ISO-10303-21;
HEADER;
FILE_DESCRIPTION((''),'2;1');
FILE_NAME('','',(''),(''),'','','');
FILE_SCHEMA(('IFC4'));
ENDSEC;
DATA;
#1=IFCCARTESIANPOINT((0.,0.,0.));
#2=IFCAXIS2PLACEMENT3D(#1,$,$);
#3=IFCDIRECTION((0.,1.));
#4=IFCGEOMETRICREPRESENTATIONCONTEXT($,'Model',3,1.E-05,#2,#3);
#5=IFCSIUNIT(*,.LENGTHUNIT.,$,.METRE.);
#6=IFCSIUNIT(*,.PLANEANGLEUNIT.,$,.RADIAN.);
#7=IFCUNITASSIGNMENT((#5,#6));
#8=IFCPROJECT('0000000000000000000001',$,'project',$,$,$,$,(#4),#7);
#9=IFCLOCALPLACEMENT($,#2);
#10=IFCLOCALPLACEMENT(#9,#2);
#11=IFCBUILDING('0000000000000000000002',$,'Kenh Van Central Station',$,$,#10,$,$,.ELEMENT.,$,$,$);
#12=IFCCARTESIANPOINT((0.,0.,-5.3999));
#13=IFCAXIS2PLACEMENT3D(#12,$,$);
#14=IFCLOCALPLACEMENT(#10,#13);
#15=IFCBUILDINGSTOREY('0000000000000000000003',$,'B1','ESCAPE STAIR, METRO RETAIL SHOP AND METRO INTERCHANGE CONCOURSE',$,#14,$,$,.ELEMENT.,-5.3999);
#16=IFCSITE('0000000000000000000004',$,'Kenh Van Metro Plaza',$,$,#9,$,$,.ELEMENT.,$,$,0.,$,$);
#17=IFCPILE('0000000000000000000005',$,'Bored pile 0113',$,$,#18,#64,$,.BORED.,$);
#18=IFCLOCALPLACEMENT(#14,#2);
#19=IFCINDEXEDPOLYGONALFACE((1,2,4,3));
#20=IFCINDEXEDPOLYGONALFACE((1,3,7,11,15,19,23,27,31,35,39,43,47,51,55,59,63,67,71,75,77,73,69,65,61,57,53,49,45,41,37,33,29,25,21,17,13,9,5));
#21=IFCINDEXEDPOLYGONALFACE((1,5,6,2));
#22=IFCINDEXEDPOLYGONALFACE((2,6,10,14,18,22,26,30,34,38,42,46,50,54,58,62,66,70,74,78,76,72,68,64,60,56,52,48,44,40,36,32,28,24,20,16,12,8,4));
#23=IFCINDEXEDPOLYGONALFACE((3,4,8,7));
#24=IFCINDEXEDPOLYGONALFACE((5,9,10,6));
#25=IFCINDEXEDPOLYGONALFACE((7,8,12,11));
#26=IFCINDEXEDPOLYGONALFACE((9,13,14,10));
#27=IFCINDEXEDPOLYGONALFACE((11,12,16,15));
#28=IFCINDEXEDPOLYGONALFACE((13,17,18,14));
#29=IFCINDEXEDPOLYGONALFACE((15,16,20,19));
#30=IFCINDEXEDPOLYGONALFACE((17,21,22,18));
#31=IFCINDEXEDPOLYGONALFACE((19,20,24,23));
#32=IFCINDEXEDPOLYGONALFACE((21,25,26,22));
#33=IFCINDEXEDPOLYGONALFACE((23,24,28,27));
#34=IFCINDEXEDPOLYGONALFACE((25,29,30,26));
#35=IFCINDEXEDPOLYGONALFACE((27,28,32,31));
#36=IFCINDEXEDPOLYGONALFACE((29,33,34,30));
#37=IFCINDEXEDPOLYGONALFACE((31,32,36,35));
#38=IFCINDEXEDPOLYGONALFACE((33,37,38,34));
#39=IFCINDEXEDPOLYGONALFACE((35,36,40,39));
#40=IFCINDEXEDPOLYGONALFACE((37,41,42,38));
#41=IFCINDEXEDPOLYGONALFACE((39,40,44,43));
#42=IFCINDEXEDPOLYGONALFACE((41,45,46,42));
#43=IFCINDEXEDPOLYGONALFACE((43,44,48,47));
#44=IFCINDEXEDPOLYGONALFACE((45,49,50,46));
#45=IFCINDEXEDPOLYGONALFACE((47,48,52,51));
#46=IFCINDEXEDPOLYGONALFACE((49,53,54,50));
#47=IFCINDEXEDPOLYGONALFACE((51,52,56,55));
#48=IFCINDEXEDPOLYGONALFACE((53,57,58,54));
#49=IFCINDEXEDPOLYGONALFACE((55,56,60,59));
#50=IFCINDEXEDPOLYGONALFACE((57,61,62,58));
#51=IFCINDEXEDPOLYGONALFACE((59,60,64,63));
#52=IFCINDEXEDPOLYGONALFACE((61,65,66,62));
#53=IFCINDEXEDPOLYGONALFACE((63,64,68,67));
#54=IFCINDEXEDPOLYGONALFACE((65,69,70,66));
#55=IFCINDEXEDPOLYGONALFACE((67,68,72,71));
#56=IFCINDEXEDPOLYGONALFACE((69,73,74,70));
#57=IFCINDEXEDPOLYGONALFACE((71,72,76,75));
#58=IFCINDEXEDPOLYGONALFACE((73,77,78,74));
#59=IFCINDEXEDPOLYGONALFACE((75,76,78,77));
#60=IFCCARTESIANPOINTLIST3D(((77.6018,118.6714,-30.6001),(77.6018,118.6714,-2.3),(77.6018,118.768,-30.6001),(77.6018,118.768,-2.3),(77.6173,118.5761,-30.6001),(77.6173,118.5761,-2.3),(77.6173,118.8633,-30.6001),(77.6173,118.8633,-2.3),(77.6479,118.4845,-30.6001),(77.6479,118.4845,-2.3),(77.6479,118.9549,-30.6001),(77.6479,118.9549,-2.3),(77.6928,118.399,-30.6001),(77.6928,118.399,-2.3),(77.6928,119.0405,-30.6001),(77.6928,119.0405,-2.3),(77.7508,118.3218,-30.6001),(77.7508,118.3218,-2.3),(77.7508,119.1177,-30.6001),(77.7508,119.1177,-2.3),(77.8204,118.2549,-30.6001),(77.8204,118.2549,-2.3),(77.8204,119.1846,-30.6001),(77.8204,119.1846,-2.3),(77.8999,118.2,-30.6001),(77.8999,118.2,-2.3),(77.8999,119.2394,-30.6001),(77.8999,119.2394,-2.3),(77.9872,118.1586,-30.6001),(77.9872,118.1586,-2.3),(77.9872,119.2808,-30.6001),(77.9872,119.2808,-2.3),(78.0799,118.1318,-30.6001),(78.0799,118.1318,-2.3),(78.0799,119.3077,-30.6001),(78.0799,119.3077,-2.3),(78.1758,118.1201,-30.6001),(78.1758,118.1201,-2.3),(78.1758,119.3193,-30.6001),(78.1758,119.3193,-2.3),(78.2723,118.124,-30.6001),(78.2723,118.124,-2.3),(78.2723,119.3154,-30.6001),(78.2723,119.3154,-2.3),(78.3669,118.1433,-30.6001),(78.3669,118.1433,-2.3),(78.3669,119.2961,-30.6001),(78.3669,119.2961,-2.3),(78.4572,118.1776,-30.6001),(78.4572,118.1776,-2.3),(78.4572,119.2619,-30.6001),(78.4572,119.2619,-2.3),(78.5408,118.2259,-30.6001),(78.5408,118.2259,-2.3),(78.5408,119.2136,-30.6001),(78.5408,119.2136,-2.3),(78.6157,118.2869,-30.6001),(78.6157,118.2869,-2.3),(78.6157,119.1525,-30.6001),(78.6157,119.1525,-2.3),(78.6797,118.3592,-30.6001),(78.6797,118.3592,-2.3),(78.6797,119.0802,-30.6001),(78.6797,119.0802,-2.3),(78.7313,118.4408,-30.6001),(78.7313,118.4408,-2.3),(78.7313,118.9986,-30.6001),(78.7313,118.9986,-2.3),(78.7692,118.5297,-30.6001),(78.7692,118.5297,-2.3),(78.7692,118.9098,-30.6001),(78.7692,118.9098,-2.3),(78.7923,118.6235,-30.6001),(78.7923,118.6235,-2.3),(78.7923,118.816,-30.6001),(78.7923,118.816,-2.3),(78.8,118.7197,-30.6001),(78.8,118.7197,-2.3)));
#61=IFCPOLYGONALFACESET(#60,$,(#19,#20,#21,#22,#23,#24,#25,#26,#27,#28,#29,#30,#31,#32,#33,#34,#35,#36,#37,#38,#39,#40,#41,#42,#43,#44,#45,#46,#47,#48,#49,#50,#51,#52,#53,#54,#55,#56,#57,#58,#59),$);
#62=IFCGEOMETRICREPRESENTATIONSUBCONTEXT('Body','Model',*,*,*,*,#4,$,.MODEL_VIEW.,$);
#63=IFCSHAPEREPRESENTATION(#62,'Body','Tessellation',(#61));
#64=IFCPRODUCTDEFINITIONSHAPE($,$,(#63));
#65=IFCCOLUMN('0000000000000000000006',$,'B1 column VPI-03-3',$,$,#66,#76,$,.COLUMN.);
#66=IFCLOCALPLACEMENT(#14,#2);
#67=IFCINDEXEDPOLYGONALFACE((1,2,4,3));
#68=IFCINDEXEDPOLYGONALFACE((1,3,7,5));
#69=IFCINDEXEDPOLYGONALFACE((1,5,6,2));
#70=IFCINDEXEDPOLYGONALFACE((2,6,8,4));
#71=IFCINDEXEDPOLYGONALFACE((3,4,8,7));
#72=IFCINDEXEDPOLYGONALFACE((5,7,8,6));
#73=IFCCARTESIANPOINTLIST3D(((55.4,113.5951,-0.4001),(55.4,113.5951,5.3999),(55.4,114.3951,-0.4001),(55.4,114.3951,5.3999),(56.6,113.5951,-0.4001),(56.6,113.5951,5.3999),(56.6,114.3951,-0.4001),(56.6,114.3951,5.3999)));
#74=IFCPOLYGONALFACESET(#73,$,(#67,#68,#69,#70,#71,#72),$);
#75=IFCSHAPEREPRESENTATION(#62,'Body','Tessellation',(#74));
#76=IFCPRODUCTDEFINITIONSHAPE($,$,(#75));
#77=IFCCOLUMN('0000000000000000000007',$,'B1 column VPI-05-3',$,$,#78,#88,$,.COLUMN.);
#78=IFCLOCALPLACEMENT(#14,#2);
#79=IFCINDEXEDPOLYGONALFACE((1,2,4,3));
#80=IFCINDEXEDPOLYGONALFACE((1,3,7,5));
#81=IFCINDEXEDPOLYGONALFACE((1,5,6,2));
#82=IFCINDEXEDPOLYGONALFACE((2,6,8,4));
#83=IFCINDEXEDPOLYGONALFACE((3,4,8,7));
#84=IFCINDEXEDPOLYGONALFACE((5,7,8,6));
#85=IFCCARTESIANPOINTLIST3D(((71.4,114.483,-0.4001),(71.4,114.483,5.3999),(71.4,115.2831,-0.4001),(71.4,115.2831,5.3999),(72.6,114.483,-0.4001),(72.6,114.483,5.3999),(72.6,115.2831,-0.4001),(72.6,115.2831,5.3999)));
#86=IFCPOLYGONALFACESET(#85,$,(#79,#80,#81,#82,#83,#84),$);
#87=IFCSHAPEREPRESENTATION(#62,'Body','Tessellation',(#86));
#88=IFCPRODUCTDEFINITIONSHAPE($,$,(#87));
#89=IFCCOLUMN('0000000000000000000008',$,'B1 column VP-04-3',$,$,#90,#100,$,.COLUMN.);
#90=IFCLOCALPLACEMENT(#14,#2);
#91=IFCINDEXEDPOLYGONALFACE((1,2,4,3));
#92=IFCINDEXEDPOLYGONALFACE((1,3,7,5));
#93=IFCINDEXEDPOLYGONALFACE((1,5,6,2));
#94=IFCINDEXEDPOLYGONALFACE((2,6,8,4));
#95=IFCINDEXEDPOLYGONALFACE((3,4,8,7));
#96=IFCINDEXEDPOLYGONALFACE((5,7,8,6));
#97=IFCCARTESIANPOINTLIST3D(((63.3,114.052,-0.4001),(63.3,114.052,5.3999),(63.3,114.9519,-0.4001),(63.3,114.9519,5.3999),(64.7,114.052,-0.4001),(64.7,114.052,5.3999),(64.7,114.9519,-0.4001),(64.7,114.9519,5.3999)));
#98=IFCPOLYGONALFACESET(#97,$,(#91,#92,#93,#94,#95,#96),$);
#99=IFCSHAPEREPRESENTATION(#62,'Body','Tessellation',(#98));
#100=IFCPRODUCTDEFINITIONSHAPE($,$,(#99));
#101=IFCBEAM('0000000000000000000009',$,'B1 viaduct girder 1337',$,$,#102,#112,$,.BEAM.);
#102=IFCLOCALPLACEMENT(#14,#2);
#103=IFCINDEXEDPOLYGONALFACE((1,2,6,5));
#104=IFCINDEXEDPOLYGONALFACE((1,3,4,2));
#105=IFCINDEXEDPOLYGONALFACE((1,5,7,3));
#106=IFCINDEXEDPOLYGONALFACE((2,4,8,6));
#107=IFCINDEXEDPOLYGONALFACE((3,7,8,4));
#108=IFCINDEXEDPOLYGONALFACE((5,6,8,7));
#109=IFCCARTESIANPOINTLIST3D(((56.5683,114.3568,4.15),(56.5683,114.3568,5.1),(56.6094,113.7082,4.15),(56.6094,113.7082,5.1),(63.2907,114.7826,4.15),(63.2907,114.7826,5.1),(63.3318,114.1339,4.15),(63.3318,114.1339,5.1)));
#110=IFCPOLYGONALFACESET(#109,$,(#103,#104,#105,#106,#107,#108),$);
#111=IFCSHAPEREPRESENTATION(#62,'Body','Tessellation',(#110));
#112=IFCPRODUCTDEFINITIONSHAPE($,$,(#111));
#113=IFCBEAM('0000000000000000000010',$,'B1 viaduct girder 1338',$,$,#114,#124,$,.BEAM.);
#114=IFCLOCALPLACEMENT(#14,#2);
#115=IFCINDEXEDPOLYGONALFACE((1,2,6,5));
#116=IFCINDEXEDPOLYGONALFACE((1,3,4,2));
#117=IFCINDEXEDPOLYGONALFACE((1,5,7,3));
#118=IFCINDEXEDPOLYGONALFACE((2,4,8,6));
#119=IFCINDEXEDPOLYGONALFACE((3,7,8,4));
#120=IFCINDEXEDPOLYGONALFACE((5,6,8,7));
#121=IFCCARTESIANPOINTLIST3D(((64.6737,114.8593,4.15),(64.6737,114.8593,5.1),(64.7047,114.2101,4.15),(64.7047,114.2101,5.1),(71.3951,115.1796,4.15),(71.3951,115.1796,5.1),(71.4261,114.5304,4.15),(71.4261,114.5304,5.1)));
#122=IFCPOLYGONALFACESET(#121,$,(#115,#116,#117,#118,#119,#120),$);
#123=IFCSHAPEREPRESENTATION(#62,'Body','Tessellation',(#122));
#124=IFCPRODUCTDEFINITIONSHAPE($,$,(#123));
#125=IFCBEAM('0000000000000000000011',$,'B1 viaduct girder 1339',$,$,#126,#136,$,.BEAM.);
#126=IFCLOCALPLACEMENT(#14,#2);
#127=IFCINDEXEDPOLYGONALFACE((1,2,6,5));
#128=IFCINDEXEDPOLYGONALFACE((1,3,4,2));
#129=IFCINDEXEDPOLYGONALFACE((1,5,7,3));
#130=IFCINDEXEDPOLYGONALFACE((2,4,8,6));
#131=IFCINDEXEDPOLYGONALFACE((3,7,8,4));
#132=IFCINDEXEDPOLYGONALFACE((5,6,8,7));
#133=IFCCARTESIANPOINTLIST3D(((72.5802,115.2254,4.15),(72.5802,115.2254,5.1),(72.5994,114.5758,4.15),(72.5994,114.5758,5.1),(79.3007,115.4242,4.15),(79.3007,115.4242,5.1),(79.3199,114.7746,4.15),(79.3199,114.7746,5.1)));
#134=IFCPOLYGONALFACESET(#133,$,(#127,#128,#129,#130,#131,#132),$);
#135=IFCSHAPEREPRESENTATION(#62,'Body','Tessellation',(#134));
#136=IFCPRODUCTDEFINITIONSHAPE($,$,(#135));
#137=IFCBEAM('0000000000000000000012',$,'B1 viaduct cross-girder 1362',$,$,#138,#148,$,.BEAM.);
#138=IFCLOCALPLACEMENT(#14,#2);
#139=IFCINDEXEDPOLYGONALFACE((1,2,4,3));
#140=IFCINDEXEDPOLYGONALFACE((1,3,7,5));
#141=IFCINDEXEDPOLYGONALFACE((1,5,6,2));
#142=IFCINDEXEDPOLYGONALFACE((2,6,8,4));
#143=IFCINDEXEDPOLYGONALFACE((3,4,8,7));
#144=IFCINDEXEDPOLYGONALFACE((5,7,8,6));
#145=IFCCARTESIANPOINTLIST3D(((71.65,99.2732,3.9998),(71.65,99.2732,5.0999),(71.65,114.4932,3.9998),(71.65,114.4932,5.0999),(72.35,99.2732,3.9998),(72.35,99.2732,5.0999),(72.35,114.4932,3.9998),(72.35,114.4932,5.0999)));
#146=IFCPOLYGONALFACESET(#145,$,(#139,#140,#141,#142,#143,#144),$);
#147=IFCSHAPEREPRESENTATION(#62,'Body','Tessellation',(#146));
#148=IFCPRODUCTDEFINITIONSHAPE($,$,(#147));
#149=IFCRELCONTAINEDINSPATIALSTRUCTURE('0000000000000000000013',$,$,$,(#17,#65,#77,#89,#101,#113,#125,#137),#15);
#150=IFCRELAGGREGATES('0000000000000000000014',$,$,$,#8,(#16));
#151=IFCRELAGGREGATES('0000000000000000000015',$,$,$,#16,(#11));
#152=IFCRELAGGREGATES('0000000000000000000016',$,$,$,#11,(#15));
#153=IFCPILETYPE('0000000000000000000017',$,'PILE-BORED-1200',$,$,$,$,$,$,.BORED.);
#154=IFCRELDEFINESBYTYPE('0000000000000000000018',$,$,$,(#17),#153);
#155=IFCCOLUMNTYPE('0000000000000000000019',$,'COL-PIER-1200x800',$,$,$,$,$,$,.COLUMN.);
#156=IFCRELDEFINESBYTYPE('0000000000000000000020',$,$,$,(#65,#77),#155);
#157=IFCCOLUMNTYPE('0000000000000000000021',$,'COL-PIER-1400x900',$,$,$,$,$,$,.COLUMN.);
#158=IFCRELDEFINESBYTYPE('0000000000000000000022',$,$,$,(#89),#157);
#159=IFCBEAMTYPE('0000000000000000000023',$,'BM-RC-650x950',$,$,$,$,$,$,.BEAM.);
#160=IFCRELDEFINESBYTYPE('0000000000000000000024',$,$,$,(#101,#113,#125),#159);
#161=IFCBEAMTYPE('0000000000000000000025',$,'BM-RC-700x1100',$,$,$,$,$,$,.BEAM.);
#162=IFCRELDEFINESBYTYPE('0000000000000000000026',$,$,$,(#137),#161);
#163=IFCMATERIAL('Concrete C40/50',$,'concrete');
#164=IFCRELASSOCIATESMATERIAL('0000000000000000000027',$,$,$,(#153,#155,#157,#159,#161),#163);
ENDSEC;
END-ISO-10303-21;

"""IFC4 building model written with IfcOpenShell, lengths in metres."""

from ifc_helpers import new_model, si_unit, direction, frame, origin, origin_2d, place, context, subcontext, project, spatial, rectangle, circle, extrude, material, material_profile, profile_set, type_object, element, save


model = new_model("IFC4")

# Units and contexts
model_context = context("Model", 3, precision=1e-05, world=origin(), true_north=direction((0.0, 1.0)))
body_context = subcontext(model_context, "Body", "Model", "MODEL_VIEW")
ifc_project = project(units=[si_unit("LENGTHUNIT", "METRE"), si_unit("PLANEANGLEUNIT", "RADIAN")], contexts=[model_context])

# Site, building, storey
site_placement = place(None, origin())
site = spatial("IfcSite", under=ifc_project, at=site_placement, Name="Kenh Van Metro Plaza", CompositionType="ELEMENT", RefElevation=0.0)
building_placement = place(site_placement, origin())
building = spatial("IfcBuilding", under=site, at=building_placement, Name="Kenh Van Central Station", CompositionType="ELEMENT")
storey_placement = place(building_placement, frame((0.0, 0.0, -5.3999)))
storey = spatial("IfcBuildingStorey", under=building, at=storey_placement, Name="B1", Description="ESCAPE STAIR, METRO RETAIL SHOP AND METRO INTERCHANGE CONCOURSE", CompositionType="ELEMENT", Elevation=-5.3999)

# Shared definitions
ifc_material_1 = material(Name="Concrete C40/50", Category="concrete")

# Pile
ifc_material_profile_1 = material_profile(ifc_material_1, circle(Radius=0.6001, at=origin_2d()), Name="PILE D1200")
ifc_profile_set_1 = profile_set([ifc_material_profile_1], Name="Concrete C40/50")
pile_type_1 = type_object("IfcPileType", Name="PILE-BORED-1200", PredefinedType="BORED", material=ifc_profile_set_1)
for number, where, z_axis, x_axis, name in (
    (1, (78.2, 118.7197, -2.3), (0.0, 0.0, -1.0), (1.0, 0.0, 0.0), "Bored pile 0113"),
):
    element("IfcPile", number, at=place(storey_placement, frame(where, z_axis=z_axis, x_axis=x_axis)), inside=storey, type_object=pile_type_1, Name=name, PredefinedType="BORED", context=body_context, shape_type="SweptSolid", body=[
        extrude(circle(Radius=0.6001, at=origin_2d()), origin(), (0.0, 0.0, 1.0), 28.3),
    ])

# Columns
ifc_material_profile_2 = material_profile(ifc_material_1, rectangle(XDim=1.2, YDim=0.8, at=origin_2d()), Name="RC 1200x800")
ifc_profile_set_2 = profile_set([ifc_material_profile_2], Name="Concrete C40/50")
column_type_1 = type_object("IfcColumnType", Name="COL-PIER-1200x800", PredefinedType="COLUMN", material=ifc_profile_set_2)
for number, where, z_axis, x_axis, name in (
    (2, (56.0, 113.9951, -0.4001), (0.0, 0.0, 1.0), (1.0, 0.0, 0.0), "B1 column VPI-03-3"),
    (3, (72.0, 114.8831, -0.4001), (0.0, 0.0, 1.0), (1.0, 0.0, 0.0), "B1 column VPI-05-3"),
):
    element("IfcColumn", number, at=place(storey_placement, frame(where, z_axis=z_axis, x_axis=x_axis)), inside=storey, type_object=column_type_1, Name=name, PredefinedType="COLUMN", context=body_context, shape_type="SweptSolid", body=[
        extrude(rectangle(XDim=1.2, YDim=0.8, at=origin_2d()), origin(), (0.0, 0.0, 1.0), 5.8),
    ])
ifc_material_profile_3 = material_profile(ifc_material_1, rectangle(XDim=1.3999, YDim=0.8999, at=origin_2d()), Name="RC 1400x900")
ifc_profile_set_3 = profile_set([ifc_material_profile_3], Name="Concrete C40/50")
column_type_2 = type_object("IfcColumnType", Name="COL-PIER-1400x900", PredefinedType="COLUMN", material=ifc_profile_set_3)
column_placement = place(storey_placement, frame((64.0, 114.502, -0.4001), z_axis=(0.0, 0.0, 1.0), x_axis=(1.0, 0.0, 0.0)))
element("IfcColumn", 4, at=column_placement, inside=storey, type_object=column_type_2, Name="B1 column VP-04-3", PredefinedType="COLUMN", context=body_context, shape_type="SweptSolid", body=[
    extrude(rectangle(XDim=1.3999, YDim=0.8999, at=origin_2d()), origin(), (0.0, 0.0, 1.0), 5.8),
])

# Beams
ifc_material_profile_4 = material_profile(ifc_material_1, rectangle(XDim=0.6499, YDim=0.95, at=origin_2d()), Name="RC 650x950")
ifc_profile_set_4 = profile_set([ifc_material_profile_4], Name="Concrete C40/50")
beam_type_1 = type_object("IfcBeamType", Name="BM-RC-650x950", PredefinedType="BEAM", material=ifc_profile_set_4)
beam_1_placement = place(storey_placement, frame((56.5889, 114.0325, 4.625), z_axis=(0.998, 0.063211, 0.0), x_axis=(-0.063211, 0.998, 0.0)))
element("IfcBeam", 5, at=beam_1_placement, inside=storey, type_object=beam_type_1, Name="B1 viaduct girder 1337", PredefinedType="BEAM", context=body_context, shape_type="SweptSolid", body=[
    extrude(rectangle(XDim=0.6499, YDim=0.95, at=origin_2d()), origin(), (0.0, 0.0, 1.0), 6.7358),
])
beam_2_placement = place(storey_placement, frame((64.6892, 114.5347, 4.625), z_axis=(0.998866, 0.047601, 0.0), x_axis=(-0.047601, 0.998866, 0.0)))
element("IfcBeam", 6, at=beam_2_placement, inside=storey, type_object=beam_type_1, Name="B1 viaduct girder 1338", PredefinedType="BEAM", context=body_context, shape_type="SweptSolid", body=[
    extrude(rectangle(XDim=0.6499, YDim=0.95, at=origin_2d()), origin(), (0.0, 0.0, 1.0), 6.729),
])
beam_3_placement = place(storey_placement, frame((72.5898, 114.9006, 4.625), z_axis=(0.999563, 0.029558, 0.0), x_axis=(-0.029558, 0.999563, 0.0)))
element("IfcBeam", 7, at=beam_3_placement, inside=storey, type_object=beam_type_1, Name="B1 viaduct girder 1339", PredefinedType="BEAM", context=body_context, shape_type="SweptSolid", body=[
    extrude(rectangle(XDim=0.6499, YDim=0.95, at=origin_2d()), origin(), (0.0, 0.0, 1.0), 6.7234),
])
ifc_material_profile_5 = material_profile(ifc_material_1, rectangle(XDim=0.7, YDim=1.1001, at=origin_2d()), Name="RC 700x1100")
ifc_profile_set_5 = profile_set([ifc_material_profile_5], Name="Concrete C40/50")
beam_type_2 = type_object("IfcBeamType", Name="BM-RC-700x1100", PredefinedType="BEAM", material=ifc_profile_set_5)
beam_4_placement = place(storey_placement, frame((72.0, 99.2732, 4.5498), z_axis=(0.0, 1.0, 0.0), x_axis=(-1.0, 0.0, 0.0)))
element("IfcBeam", 8, at=beam_4_placement, inside=storey, type_object=beam_type_2, Name="B1 viaduct cross-girder 1362", PredefinedType="BEAM", context=body_context, shape_type="SweptSolid", body=[
    extrude(rectangle(XDim=0.7, YDim=1.1001, at=origin_2d()), origin(), (0.0, 0.0, 1.0), 15.22),
])

save(model, "model.ifc")
